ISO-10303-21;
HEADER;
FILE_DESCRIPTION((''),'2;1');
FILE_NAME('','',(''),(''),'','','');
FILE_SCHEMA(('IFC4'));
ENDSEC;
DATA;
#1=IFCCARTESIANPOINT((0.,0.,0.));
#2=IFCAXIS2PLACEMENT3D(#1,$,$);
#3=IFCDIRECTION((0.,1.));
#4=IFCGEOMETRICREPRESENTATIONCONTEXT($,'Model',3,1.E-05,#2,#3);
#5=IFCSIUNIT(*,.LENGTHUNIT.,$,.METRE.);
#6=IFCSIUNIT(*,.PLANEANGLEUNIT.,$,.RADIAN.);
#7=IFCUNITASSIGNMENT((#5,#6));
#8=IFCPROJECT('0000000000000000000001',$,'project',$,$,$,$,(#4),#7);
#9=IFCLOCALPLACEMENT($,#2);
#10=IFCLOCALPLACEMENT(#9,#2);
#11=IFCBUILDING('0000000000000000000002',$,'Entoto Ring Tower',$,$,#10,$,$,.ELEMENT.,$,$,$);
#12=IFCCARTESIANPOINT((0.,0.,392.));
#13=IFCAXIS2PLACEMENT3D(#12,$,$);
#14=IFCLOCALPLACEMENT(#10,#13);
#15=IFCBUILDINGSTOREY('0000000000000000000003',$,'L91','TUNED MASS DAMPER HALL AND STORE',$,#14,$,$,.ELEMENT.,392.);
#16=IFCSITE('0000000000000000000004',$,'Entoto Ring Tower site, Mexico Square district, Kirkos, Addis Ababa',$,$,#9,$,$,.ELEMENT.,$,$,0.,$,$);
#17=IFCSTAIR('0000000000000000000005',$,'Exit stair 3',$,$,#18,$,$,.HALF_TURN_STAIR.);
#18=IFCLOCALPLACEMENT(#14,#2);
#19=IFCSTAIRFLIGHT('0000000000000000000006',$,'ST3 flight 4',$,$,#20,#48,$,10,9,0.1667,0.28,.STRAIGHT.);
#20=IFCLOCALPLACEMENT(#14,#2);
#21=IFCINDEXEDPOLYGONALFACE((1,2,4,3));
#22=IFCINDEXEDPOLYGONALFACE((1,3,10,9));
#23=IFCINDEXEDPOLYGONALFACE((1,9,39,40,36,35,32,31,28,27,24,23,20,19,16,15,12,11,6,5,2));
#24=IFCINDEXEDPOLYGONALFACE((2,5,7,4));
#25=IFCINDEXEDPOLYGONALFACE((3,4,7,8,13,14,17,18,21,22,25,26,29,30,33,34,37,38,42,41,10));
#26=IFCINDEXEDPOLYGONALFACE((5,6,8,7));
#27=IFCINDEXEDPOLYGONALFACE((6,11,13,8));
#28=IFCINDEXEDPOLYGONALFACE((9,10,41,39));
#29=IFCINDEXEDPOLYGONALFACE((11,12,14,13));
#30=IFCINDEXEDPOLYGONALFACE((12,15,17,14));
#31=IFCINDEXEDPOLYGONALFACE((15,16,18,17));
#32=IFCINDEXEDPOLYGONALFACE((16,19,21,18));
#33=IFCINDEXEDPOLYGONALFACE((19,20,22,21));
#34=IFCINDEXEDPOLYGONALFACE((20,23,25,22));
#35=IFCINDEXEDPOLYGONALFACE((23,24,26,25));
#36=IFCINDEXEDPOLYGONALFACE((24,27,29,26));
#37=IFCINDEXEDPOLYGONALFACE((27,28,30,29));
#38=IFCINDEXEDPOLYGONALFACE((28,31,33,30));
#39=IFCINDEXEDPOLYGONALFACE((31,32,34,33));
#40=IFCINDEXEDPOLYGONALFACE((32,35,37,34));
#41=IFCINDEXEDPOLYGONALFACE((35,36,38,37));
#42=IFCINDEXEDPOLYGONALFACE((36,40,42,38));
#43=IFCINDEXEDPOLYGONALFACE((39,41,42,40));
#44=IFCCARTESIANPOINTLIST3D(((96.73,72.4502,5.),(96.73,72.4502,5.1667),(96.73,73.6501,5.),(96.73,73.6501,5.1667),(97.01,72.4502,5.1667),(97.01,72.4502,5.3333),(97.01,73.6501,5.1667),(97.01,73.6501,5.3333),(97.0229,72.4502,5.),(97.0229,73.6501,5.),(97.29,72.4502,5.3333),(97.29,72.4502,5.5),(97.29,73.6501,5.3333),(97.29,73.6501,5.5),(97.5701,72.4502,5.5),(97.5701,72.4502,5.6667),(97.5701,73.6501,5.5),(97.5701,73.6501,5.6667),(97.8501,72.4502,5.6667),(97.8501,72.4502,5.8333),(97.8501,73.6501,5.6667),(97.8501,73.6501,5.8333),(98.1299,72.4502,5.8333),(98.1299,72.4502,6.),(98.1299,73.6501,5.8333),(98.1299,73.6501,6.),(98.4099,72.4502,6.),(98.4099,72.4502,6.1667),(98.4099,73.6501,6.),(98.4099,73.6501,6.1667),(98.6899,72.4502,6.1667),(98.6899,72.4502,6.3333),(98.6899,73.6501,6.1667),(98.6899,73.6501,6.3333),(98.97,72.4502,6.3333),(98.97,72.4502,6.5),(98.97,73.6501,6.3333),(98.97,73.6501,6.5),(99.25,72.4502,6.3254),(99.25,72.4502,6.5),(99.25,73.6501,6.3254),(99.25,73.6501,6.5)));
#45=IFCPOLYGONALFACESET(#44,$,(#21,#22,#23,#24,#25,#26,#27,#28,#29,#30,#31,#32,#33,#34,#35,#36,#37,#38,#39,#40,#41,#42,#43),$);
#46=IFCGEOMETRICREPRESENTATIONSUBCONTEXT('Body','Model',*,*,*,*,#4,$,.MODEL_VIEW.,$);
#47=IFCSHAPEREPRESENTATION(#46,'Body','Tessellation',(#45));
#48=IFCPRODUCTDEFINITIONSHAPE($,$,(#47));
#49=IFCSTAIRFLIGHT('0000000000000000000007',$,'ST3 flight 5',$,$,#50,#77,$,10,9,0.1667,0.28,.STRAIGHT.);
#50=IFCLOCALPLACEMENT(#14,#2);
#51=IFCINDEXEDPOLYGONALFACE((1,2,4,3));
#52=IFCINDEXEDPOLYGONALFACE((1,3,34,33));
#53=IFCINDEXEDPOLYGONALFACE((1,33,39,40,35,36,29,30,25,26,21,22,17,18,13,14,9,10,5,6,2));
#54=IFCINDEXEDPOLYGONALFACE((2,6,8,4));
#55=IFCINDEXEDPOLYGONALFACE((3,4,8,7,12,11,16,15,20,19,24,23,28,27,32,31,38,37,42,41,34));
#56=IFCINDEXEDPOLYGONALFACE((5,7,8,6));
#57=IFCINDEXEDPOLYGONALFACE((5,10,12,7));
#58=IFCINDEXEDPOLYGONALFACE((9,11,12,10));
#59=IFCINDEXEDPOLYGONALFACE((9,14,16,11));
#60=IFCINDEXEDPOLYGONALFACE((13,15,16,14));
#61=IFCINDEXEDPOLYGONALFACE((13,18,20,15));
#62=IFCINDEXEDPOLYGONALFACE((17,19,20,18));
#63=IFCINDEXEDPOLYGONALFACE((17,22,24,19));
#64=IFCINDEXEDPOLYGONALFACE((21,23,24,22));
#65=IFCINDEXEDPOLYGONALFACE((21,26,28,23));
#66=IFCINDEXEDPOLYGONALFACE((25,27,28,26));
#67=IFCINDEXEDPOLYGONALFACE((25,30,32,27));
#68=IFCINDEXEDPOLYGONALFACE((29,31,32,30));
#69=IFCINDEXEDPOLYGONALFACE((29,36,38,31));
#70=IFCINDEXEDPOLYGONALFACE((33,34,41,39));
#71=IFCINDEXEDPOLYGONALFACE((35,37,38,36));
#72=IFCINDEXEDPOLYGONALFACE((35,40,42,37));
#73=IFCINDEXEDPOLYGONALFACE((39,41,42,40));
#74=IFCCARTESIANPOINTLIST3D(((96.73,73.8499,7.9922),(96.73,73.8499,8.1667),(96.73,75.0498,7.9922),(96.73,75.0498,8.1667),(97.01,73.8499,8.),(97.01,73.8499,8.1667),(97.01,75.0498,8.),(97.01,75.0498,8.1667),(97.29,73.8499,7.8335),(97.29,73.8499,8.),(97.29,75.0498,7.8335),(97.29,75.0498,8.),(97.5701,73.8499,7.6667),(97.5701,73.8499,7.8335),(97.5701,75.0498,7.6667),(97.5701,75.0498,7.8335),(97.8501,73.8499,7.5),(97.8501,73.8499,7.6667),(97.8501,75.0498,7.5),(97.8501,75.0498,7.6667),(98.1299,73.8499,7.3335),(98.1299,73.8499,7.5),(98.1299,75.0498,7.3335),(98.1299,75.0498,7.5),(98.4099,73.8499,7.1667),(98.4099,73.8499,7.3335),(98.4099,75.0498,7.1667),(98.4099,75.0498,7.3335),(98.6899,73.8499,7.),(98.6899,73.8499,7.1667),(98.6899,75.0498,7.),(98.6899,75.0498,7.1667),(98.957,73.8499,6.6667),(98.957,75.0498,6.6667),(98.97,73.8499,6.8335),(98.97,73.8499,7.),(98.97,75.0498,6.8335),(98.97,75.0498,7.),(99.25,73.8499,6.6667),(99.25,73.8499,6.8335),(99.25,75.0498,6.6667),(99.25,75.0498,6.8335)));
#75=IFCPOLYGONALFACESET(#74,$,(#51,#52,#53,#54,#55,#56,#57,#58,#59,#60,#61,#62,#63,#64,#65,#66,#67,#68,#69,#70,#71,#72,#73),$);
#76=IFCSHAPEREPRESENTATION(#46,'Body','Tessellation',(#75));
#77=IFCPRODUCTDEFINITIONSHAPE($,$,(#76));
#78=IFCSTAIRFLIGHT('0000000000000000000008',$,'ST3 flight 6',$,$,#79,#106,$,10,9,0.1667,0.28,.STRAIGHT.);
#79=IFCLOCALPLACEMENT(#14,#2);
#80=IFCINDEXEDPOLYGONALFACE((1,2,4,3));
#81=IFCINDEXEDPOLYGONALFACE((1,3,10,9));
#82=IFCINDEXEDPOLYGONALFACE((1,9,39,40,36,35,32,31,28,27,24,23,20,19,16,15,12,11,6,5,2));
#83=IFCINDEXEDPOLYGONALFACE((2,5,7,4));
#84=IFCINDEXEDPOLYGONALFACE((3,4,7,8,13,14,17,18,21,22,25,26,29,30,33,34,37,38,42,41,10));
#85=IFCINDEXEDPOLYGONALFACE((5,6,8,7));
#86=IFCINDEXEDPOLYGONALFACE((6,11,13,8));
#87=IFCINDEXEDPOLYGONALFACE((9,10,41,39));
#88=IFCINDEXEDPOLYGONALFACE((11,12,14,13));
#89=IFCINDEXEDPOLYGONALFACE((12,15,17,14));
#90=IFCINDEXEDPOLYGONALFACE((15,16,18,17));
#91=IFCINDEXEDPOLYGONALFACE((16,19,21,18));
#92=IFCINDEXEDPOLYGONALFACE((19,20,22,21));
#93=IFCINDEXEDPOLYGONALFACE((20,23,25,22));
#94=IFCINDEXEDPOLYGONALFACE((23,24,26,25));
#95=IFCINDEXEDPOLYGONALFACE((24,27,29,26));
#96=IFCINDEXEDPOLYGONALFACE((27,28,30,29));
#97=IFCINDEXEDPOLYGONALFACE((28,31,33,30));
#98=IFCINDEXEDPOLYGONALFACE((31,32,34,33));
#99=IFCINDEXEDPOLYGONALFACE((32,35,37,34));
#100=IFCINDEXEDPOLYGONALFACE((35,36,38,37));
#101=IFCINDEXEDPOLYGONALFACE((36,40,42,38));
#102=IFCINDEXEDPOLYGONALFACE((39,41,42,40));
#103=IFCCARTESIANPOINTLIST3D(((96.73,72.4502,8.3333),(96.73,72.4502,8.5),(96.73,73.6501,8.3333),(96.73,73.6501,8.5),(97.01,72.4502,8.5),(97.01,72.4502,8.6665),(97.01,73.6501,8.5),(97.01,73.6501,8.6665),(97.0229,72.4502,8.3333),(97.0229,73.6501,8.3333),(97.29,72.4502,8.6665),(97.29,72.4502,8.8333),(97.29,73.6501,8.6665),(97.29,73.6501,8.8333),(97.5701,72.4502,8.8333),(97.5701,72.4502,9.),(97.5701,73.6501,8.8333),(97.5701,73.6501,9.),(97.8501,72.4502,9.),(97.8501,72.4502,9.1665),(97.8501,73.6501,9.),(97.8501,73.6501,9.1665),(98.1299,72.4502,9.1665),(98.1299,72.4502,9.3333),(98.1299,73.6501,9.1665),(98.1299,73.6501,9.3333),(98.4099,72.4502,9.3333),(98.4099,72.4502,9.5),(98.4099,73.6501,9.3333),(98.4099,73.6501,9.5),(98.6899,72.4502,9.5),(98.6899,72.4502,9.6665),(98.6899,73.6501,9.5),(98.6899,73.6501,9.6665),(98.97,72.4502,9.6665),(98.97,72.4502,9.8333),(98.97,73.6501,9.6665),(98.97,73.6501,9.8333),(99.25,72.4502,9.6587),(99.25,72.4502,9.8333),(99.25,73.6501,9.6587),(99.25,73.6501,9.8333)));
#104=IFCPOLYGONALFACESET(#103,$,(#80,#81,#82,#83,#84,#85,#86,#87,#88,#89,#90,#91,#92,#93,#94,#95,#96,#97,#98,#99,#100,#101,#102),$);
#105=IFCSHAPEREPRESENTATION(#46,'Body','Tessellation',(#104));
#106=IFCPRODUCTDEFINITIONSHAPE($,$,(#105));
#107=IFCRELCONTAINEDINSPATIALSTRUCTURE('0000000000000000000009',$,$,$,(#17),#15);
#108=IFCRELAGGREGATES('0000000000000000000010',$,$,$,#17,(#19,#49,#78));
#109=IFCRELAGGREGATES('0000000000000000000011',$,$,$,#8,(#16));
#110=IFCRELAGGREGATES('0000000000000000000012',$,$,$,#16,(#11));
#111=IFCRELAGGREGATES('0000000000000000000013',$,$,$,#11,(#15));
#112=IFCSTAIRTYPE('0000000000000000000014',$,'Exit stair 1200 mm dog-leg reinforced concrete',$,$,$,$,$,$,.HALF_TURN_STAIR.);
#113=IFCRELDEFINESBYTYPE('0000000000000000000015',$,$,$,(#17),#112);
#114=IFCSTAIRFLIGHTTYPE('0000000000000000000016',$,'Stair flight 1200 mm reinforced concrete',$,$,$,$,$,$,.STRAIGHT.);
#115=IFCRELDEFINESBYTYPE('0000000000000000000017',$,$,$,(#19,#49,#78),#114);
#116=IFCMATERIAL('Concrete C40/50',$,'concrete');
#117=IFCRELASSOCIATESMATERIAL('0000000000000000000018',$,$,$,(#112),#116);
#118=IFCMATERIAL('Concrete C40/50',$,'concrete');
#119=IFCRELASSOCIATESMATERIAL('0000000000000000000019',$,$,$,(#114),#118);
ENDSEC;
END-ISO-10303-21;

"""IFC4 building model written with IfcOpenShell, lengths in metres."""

from ifc_helpers import new_model, si_unit, direction, frame, origin, place, context, subcontext, project, spatial, polyline, outline, extrude, material, type_object, element, aggregate, save


model = new_model("IFC4")

# Units and contexts
model_context = context("Model", 3, precision=1e-05, world=origin(), true_north=direction((0.0, 1.0)))
body_context = subcontext(model_context, "Body", "Model", "MODEL_VIEW")
ifc_project = project(units=[si_unit("LENGTHUNIT", "METRE"), si_unit("PLANEANGLEUNIT", "RADIAN")], contexts=[model_context])

# Site, building, storey
site_placement = place(None, origin())
site = spatial("IfcSite", under=ifc_project, at=site_placement, Name="Entoto Ring Tower site, Mexico Square district, Kirkos, Addis Ababa", CompositionType="ELEMENT", RefElevation=0.0)
building_placement = place(site_placement, origin())
building = spatial("IfcBuilding", under=site, at=building_placement, Name="Entoto Ring Tower", CompositionType="ELEMENT")
storey_placement = place(building_placement, frame((0.0, 0.0, 392.0)))
storey = spatial("IfcBuildingStorey", under=building, at=storey_placement, Name="L91", Description="TUNED MASS DAMPER HALL AND STORE", CompositionType="ELEMENT", Elevation=392.0)

# Stair, stair flights
ifc_material_1 = material(Name="Concrete C40/50", Category="concrete")
stair_type = type_object("IfcStairType", Name="Exit stair 1200 mm dog-leg reinforced concrete", PredefinedType="HALF_TURN_STAIR", material=ifc_material_1)
stair_placement = place(storey_placement, origin())
stair = element("IfcStair", 1, at=stair_placement, inside=storey, type_object=stair_type, Name="Exit stair 3", PredefinedType="HALF_TURN_STAIR")
ifc_material_2 = material(Name="Concrete C40/50", Category="concrete")
stair_flight_type = type_object("IfcStairFlightType", Name="Stair flight 1200 mm reinforced concrete", PredefinedType="STRAIGHT", material=ifc_material_2)
stair_flight_1_placement = place(storey_placement, frame((96.73, 73.05, 5.0), z_axis=(0.0, 0.0, 1.0), x_axis=(1.0, 0.0, 0.0)))
stair_flight_1 = element("IfcStairFlight", 2, at=stair_flight_1_placement, type_object=stair_flight_type, Name="ST3 flight 4", NumberOfRisers=10, NumberOfTreads=9, PredefinedType="STRAIGHT", RiserHeight=0.1667, TreadLength=0.28, context=body_context, shape_type="SweptSolid", body=[
    extrude(outline(polyline([(0.0, 0.0), (0.0, 0.1667), (0.28, 0.1667), (0.28, 0.3333), (0.5601, 0.3333), (0.5601, 0.5), (0.8401, 0.5), (0.8401, 0.6667), (1.1201, 0.6667), (1.1201, 0.8333), (1.3999, 0.8333), (1.3999, 1.0), (1.6799, 1.0), (1.6799, 1.1667), (1.96, 1.1667), (1.96, 1.3333), (2.24, 1.3333), (2.24, 1.5), (2.52, 1.5), (2.52, 1.6667), (2.52, 1.3254), (0.293, 0.0), (0.0, 0.0)])), frame((0.0, 0.6001, 0.0), z_axis=(0.0, -1.0, 0.0), x_axis=(1.0, 0.0, 0.0)), (0.0, 0.0, 1.0), 1.2),
])
stair_flight_2_placement = place(storey_placement, frame((99.25, 74.45, 6.6667), z_axis=(0.0, 0.0, 1.0), x_axis=(-1.0, 0.0, 0.0)))
stair_flight_2 = element("IfcStairFlight", 3, at=stair_flight_2_placement, type_object=stair_flight_type, Name="ST3 flight 5", NumberOfRisers=10, NumberOfTreads=9, PredefinedType="STRAIGHT", RiserHeight=0.1667, TreadLength=0.28, context=body_context, shape_type="SweptSolid", body=[
    extrude(outline(polyline([(0.0, 0.0), (0.0, 0.1667), (0.28, 0.1667), (0.28, 0.3333), (0.5601, 0.3333), (0.5601, 0.5), (0.8401, 0.5), (0.8401, 0.6667), (1.1201, 0.6667), (1.1201, 0.8333), (1.3999, 0.8333), (1.3999, 1.0), (1.6799, 1.0), (1.6799, 1.1667), (1.96, 1.1667), (1.96, 1.3333), (2.24, 1.3333), (2.24, 1.5), (2.52, 1.5), (2.52, 1.6667), (2.52, 1.3254), (0.293, 0.0), (0.0, 0.0)])), frame((0.0, 0.6001, 0.0), z_axis=(0.0, -1.0, 0.0), x_axis=(1.0, 0.0, 0.0)), (0.0, 0.0, 1.0), 1.2),
])
stair_flight_3_placement = place(storey_placement, frame((96.73, 73.05, 8.3333), z_axis=(0.0, 0.0, 1.0), x_axis=(1.0, 0.0, 0.0)))
stair_flight_3 = element("IfcStairFlight", 4, at=stair_flight_3_placement, type_object=stair_flight_type, Name="ST3 flight 6", NumberOfRisers=10, NumberOfTreads=9, PredefinedType="STRAIGHT", RiserHeight=0.1667, TreadLength=0.28, context=body_context, shape_type="SweptSolid", body=[
    extrude(outline(polyline([(0.0, 0.0), (0.0, 0.1667), (0.28, 0.1667), (0.28, 0.3333), (0.5601, 0.3333), (0.5601, 0.5), (0.8401, 0.5), (0.8401, 0.6667), (1.1201, 0.6667), (1.1201, 0.8333), (1.3999, 0.8333), (1.3999, 1.0), (1.6799, 1.0), (1.6799, 1.1667), (1.96, 1.1667), (1.96, 1.3333), (2.24, 1.3333), (2.24, 1.5), (2.52, 1.5), (2.52, 1.6667), (2.52, 1.3254), (0.293, 0.0), (0.0, 0.0)])), frame((0.0, 0.6001, 0.0), z_axis=(0.0, -1.0, 0.0), x_axis=(1.0, 0.0, 0.0)), (0.0, 0.0, 1.0), 1.2),
])
aggregate(stair, [stair_flight_1, stair_flight_2, stair_flight_3])

save(model, "model.ifc")
